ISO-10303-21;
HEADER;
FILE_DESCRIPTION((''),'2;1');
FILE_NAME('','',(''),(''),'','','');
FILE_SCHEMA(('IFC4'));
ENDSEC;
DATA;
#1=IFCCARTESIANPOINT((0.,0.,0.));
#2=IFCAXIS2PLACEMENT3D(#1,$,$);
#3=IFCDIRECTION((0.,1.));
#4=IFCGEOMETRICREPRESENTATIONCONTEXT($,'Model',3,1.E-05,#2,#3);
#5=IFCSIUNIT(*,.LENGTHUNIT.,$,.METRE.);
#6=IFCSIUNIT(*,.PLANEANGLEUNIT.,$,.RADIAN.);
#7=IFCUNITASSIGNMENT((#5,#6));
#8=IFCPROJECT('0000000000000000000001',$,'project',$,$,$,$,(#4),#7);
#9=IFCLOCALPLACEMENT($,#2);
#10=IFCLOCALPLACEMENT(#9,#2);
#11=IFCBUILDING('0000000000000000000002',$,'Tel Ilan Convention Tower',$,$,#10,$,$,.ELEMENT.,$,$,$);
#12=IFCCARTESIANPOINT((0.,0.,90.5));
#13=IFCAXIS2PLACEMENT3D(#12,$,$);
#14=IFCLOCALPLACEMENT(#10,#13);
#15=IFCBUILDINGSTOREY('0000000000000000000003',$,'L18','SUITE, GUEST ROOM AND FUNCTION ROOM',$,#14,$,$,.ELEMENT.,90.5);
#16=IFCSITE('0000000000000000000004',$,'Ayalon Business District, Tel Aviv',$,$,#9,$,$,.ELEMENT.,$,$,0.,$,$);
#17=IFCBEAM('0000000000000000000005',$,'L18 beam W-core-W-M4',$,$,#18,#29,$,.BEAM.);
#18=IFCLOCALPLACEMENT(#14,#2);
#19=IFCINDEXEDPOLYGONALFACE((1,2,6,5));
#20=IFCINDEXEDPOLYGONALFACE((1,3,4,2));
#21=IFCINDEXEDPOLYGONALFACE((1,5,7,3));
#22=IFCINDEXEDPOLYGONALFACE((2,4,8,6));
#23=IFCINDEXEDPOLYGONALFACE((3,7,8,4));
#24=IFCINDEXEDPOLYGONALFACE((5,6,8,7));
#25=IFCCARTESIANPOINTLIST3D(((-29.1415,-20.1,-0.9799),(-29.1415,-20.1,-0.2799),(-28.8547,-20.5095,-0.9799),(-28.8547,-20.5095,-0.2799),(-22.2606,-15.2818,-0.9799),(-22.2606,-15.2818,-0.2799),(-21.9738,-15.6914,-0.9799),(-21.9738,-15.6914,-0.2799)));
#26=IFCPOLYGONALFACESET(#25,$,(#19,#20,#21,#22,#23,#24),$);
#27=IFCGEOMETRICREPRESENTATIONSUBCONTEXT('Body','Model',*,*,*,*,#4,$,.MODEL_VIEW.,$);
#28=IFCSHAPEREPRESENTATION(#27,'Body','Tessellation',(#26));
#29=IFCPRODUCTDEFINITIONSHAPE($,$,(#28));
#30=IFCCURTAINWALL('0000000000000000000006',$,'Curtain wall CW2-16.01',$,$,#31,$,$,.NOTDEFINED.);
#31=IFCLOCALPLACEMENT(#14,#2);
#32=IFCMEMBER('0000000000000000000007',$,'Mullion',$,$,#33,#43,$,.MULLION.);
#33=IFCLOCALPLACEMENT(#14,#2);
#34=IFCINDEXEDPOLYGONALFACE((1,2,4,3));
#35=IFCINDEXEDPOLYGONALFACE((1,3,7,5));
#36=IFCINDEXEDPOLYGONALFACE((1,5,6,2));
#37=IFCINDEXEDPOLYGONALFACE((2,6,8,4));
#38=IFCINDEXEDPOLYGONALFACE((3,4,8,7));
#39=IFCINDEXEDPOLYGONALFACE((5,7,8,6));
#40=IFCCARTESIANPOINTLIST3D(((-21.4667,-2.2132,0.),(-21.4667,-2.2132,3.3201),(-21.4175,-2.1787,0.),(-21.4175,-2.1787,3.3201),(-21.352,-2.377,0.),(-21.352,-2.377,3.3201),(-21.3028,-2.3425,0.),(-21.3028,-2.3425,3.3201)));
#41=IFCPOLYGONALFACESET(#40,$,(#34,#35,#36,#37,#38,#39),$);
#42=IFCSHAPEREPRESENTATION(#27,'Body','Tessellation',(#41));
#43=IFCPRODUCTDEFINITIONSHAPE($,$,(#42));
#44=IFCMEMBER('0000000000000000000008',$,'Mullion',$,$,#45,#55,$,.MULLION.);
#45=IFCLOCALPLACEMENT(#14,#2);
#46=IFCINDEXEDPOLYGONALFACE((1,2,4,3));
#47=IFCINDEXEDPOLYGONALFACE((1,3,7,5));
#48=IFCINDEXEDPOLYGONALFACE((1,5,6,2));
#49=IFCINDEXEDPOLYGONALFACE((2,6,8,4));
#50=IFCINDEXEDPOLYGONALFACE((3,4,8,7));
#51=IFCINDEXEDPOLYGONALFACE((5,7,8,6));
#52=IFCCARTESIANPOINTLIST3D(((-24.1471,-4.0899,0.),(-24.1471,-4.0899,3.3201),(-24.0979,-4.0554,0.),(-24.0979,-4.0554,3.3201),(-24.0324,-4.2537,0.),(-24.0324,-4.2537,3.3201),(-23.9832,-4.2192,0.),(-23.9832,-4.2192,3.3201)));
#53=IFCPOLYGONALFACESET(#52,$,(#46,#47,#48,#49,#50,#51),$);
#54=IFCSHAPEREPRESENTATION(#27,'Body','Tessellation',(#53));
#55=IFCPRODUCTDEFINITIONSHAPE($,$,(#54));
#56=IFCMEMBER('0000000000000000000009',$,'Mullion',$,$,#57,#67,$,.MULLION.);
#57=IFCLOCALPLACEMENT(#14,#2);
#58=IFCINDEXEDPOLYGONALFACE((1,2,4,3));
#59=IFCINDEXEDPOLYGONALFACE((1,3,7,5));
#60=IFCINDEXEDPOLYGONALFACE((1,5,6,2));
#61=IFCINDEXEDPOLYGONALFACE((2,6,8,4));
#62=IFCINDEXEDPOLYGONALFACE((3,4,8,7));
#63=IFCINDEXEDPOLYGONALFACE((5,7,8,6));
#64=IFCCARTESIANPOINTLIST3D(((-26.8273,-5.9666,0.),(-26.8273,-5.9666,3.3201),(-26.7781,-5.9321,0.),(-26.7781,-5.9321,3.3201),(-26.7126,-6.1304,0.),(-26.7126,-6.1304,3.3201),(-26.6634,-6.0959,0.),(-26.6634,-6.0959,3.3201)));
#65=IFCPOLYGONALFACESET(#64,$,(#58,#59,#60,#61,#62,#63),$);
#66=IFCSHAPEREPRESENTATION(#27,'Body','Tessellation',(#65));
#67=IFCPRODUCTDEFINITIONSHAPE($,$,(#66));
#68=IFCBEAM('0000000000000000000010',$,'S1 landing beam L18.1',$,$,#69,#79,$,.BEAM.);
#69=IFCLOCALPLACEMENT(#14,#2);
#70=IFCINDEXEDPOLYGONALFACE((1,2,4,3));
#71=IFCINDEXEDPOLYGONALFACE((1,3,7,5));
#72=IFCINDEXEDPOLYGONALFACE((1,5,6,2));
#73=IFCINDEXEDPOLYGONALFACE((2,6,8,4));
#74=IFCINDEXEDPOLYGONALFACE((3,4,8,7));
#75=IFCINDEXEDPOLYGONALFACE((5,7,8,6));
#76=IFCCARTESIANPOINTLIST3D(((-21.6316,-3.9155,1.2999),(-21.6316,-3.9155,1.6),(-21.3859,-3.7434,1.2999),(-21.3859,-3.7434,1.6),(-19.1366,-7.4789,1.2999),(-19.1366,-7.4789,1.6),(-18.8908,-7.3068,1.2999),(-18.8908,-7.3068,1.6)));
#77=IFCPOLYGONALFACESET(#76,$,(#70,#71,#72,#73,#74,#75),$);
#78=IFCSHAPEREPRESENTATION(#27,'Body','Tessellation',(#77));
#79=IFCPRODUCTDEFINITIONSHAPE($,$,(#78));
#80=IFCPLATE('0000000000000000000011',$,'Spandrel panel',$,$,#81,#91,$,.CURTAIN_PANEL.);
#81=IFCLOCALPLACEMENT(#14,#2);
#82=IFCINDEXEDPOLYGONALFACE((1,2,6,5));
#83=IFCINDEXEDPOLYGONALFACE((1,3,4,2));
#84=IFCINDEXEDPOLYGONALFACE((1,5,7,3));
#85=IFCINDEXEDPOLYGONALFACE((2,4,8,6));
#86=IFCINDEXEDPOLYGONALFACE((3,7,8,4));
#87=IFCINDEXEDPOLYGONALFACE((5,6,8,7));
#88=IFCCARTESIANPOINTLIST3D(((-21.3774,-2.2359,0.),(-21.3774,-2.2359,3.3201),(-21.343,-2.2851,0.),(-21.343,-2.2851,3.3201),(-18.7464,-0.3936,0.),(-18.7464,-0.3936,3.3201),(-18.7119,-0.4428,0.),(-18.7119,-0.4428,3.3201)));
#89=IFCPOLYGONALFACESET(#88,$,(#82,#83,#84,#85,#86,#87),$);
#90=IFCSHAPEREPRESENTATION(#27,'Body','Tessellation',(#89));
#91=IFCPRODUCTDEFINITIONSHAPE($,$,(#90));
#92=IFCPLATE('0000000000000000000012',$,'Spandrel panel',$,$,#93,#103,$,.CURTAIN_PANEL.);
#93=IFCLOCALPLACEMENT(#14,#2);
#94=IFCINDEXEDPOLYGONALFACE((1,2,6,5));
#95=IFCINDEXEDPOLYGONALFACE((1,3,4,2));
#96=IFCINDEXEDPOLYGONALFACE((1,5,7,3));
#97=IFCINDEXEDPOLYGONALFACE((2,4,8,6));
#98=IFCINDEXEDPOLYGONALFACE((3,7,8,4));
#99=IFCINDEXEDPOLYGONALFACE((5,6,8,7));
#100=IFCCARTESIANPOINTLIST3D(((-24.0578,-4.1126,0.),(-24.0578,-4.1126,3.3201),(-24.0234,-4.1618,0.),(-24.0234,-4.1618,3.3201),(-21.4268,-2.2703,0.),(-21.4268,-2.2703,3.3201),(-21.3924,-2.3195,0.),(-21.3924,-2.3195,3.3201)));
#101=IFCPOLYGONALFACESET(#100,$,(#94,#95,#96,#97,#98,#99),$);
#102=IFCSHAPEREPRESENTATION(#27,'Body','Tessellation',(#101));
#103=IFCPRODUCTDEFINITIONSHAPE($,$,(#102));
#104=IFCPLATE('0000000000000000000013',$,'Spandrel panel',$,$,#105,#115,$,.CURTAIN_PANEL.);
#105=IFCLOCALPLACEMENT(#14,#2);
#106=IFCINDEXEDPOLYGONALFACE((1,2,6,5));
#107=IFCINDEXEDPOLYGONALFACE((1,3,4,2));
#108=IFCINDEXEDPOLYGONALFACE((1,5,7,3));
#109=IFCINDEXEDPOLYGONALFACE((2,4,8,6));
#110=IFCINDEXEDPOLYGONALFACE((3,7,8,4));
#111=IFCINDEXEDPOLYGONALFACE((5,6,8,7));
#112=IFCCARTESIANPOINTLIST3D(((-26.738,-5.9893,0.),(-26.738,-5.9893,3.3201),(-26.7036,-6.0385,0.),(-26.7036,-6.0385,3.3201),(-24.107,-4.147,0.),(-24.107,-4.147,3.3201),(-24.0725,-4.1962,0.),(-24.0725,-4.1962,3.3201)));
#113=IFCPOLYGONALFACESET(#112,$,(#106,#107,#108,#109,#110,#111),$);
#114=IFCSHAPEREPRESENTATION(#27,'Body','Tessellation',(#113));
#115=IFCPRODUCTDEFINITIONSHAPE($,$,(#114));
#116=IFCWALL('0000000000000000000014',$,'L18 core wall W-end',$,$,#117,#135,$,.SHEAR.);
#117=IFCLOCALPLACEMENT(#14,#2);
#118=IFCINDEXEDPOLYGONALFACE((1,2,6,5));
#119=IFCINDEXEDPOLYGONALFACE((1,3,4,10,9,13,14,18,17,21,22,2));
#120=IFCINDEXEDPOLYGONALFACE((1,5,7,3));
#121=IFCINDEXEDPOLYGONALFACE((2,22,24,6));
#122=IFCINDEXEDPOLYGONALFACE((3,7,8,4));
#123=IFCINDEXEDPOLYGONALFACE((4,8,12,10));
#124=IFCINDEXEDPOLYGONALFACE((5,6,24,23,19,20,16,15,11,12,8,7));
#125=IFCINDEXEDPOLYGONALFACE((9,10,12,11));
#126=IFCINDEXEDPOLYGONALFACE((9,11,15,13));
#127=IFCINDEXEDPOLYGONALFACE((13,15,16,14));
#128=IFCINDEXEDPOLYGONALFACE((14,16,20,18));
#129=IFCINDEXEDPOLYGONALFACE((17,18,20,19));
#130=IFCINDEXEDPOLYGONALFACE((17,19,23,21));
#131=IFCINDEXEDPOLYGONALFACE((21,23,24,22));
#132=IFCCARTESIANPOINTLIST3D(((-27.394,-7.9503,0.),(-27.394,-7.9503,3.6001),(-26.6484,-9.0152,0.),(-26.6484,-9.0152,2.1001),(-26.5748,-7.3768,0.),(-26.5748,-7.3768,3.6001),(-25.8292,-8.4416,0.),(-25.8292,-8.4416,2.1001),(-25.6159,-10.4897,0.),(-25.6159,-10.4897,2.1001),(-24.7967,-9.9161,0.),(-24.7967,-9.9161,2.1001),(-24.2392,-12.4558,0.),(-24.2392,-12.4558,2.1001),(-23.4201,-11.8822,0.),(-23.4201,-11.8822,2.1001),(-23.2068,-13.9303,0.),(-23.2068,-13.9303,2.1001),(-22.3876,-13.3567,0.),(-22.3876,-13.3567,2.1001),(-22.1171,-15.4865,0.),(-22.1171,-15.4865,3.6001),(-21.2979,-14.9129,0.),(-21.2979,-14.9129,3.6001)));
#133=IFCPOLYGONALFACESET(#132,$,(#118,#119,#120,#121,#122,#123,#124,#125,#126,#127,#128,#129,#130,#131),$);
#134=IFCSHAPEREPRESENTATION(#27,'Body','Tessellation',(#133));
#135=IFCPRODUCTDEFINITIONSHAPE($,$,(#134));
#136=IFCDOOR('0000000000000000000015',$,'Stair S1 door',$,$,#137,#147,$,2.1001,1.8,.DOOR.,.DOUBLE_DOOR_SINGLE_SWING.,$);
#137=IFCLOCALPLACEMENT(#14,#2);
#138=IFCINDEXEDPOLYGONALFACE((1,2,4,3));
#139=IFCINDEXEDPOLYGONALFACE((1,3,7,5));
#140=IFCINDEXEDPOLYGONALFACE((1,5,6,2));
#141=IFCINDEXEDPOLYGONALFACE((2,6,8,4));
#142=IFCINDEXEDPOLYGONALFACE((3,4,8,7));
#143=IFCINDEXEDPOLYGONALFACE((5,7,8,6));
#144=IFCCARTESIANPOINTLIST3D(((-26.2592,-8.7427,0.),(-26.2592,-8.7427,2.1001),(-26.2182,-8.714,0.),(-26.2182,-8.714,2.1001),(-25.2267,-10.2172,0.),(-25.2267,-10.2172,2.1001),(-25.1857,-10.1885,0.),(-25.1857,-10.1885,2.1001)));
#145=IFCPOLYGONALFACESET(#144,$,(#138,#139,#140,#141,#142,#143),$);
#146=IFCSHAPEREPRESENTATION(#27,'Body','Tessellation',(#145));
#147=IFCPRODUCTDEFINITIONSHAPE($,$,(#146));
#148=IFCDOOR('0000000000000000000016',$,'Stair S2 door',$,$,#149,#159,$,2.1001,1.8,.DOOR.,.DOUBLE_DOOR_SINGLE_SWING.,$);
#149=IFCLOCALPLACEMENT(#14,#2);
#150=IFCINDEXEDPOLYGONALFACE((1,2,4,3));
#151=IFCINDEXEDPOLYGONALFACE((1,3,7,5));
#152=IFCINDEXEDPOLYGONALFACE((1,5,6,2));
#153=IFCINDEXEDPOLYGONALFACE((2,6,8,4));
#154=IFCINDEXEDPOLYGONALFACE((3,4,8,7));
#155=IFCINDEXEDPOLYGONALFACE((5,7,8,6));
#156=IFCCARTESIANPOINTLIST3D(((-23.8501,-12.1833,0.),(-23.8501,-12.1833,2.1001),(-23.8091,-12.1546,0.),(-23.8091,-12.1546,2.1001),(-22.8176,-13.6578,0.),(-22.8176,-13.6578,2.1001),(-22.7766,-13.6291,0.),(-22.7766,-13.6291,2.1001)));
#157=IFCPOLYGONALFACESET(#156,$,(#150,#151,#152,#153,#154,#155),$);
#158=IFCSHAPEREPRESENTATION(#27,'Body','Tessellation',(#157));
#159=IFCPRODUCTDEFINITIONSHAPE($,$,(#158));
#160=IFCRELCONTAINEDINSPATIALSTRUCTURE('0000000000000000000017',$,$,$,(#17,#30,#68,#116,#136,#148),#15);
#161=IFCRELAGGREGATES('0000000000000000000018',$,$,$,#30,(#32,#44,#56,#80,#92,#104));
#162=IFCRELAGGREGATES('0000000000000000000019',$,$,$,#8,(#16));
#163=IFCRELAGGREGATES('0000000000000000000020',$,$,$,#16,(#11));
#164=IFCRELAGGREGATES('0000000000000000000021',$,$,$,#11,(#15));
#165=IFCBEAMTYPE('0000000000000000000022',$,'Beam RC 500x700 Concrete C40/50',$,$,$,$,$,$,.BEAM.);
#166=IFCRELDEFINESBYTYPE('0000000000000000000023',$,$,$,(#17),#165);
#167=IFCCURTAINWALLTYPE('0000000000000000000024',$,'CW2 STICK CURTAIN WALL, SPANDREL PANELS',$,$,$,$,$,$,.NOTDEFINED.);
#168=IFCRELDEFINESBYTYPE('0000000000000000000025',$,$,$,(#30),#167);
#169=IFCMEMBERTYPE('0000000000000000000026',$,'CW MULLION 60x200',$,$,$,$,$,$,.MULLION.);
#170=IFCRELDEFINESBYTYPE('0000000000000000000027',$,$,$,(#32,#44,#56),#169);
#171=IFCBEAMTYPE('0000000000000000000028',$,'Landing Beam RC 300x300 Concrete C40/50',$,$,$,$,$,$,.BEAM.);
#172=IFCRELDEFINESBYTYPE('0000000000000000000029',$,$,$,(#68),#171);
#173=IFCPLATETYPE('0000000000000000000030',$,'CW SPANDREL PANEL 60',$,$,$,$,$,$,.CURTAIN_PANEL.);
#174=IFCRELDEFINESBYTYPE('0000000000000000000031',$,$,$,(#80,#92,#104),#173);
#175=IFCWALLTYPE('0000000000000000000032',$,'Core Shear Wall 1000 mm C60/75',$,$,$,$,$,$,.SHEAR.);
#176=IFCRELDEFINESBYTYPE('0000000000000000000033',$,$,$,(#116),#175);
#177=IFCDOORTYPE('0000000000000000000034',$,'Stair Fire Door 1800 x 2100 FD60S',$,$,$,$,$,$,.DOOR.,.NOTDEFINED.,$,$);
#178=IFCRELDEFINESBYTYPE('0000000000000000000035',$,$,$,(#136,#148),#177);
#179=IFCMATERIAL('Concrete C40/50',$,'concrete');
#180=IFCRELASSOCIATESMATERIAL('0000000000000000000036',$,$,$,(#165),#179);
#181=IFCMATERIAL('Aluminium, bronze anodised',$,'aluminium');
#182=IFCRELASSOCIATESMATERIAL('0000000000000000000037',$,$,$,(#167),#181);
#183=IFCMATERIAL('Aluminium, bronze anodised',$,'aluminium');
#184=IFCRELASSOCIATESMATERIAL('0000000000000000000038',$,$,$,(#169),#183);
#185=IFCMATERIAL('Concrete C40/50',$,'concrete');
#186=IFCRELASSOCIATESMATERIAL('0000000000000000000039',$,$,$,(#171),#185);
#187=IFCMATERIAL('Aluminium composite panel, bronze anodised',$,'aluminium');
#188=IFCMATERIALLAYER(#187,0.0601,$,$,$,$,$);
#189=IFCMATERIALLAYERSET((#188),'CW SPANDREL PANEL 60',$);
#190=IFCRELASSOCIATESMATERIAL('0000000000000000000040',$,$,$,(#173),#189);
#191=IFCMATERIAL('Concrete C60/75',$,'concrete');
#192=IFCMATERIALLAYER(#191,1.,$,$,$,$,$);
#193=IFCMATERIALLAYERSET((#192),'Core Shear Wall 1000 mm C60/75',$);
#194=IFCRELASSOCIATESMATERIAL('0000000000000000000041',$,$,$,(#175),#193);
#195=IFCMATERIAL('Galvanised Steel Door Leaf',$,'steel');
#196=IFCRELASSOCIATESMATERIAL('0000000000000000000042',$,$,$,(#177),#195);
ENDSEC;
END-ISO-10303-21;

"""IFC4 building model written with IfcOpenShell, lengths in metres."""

from ifc_helpers import new_model, si_unit, direction, frame, frame_2d, origin, origin_2d, place, context, subcontext, project, spatial, polyline, rectangle, outline, extrude, material, layer, layer_set, material_profile, profile_set, type_object, element, fill, aggregate, save


model = new_model("IFC4")

# Units and contexts
model_context = context("Model", 3, precision=1e-05, world=origin(), true_north=direction((0.0, 1.0)))
body_context = subcontext(model_context, "Body", "Model", "MODEL_VIEW")
ifc_project = project(units=[si_unit("LENGTHUNIT", "METRE"), si_unit("PLANEANGLEUNIT", "RADIAN")], contexts=[model_context])

# Site, building, storey
site_placement = place(None, origin())
site = spatial("IfcSite", under=ifc_project, at=site_placement, Name="Ayalon Business District, Tel Aviv", CompositionType="ELEMENT", RefElevation=0.0)
building_placement = place(site_placement, origin())
building = spatial("IfcBuilding", under=site, at=building_placement, Name="Tel Ilan Convention Tower", CompositionType="ELEMENT")
storey_placement = place(building_placement, frame((0.0, 0.0, 90.5)))
storey = spatial("IfcBuildingStorey", under=building, at=storey_placement, Name="L18", Description="SUITE, GUEST ROOM AND FUNCTION ROOM", CompositionType="ELEMENT", Elevation=90.5)

# Beam
ifc_material_1 = material(Name="Concrete C40/50", Category="concrete")
ifc_material_profile_1 = material_profile(ifc_material_1, rectangle(XDim=0.5, YDim=0.7, at=origin_2d()), Name="RC 500x700")
ifc_profile_set_1 = profile_set([ifc_material_profile_1], Name="Concrete C40/50")
beam_type_1 = type_object("IfcBeamType", Name="Beam RC 500x700 Concrete C40/50", PredefinedType="BEAM", material=ifc_profile_set_1)
beam_1_placement = place(storey_placement, frame((-22.1172, -15.4866, -0.6299), z_axis=(-0.819147, -0.573583, 0.0), x_axis=(0.573583, -0.819147, 0.0)))
element("IfcBeam", 1, at=beam_1_placement, inside=storey, type_object=beam_type_1, Name="L18 beam W-core-W-M4", PredefinedType="BEAM", context=body_context, shape_type="SweptSolid", body=[
    extrude(rectangle(XDim=0.5, YDim=0.7, at=origin_2d()), origin(), (0.0, 0.0, 1.0), 8.4001),
])

# Curtain wall, members
ifc_material_2 = material(Name="Aluminium, bronze anodised", Category="aluminium")
curtain_wall_type = type_object("IfcCurtainWallType", Name="CW2 STICK CURTAIN WALL, SPANDREL PANELS", PredefinedType="NOTDEFINED", material=ifc_material_2)
curtain_wall_placement = place(storey_placement, origin())
curtain_wall = element("IfcCurtainWall", 2, at=curtain_wall_placement, inside=storey, type_object=curtain_wall_type, Name="Curtain wall CW2-16.01", PredefinedType="NOTDEFINED")
ifc_material_3 = material(Name="Aluminium, bronze anodised", Category="aluminium")
ifc_material_profile_2 = material_profile(ifc_material_3, rectangle(XDim=0.0601, YDim=0.2, at=origin_2d()), Name="CW MULLION 60x200")
ifc_profile_set_2 = profile_set([ifc_material_profile_2], Name="Aluminium, bronze anodised")
member_type = type_object("IfcMemberType", Name="CW MULLION 60x200", PredefinedType="MULLION", material=ifc_profile_set_2)
member_1_placement = place(storey_placement, frame((-21.3848, -2.2778, 0.0), z_axis=(0.0, 0.0, 1.0), x_axis=(-0.819152, -0.573576, 0.0)))
member_1 = element("IfcMember", 3, at=member_1_placement, type_object=member_type, Name="Mullion", PredefinedType="MULLION", context=body_context, shape_type="SweptSolid", body=[
    extrude(rectangle(XDim=0.0601, YDim=0.2, at=origin_2d()), origin(), (0.0, 0.0, 1.0), 3.3201),
])
member_2_placement = place(storey_placement, frame((-24.0652, -4.1545, 0.0), z_axis=(0.0, 0.0, 1.0), x_axis=(-0.819152, -0.573576, 0.0)))
member_2 = element("IfcMember", 4, at=member_2_placement, type_object=member_type, Name="Mullion", PredefinedType="MULLION", context=body_context, shape_type="SweptSolid", body=[
    extrude(rectangle(XDim=0.0601, YDim=0.2, at=origin_2d()), origin(), (0.0, 0.0, 1.0), 3.3201),
])
member_3_placement = place(storey_placement, frame((-26.7454, -6.0312, 0.0), z_axis=(0.0, 0.0, 1.0), x_axis=(-0.819152, -0.573576, 0.0)))
member_3 = element("IfcMember", 5, at=member_3_placement, type_object=member_type, Name="Mullion", PredefinedType="MULLION", context=body_context, shape_type="SweptSolid", body=[
    extrude(rectangle(XDim=0.0601, YDim=0.2, at=origin_2d()), origin(), (0.0, 0.0, 1.0), 3.3201),
])

# Beam
ifc_material_4 = material(Name="Concrete C40/50", Category="concrete")
ifc_material_profile_3 = material_profile(ifc_material_4, rectangle(XDim=0.3, YDim=0.3, at=origin_2d()), Name="RC 300x300")
ifc_profile_set_3 = profile_set([ifc_material_profile_3], Name="Concrete C40/50")
beam_type_2 = type_object("IfcBeamType", Name="Landing Beam RC 300x300 Concrete C40/50", PredefinedType="BEAM", material=ifc_profile_set_3)
beam_2_placement = place(storey_placement, frame((-19.0137, -7.3928, 1.45), z_axis=(-0.573568, 0.819158, 0.0), x_axis=(-0.819158, -0.573568, 0.0)))
element("IfcBeam", 6, at=beam_2_placement, inside=storey, type_object=beam_type_2, Name="S1 landing beam L18.1", PredefinedType="BEAM", context=body_context, shape_type="SweptSolid", body=[
    extrude(rectangle(XDim=0.3, YDim=0.3, at=origin_2d()), origin(), (0.0, 0.0, 1.0), 4.3501),
])

# Plates
ifc_material_5 = material(Name="Aluminium composite panel, bronze anodised", Category="aluminium")
ifc_layer_1 = layer(ifc_material_5, 0.0601)
ifc_layer_set_1 = layer_set([ifc_layer_1], Name="CW SPANDREL PANEL 60")
plate_type = type_object("IfcPlateType", Name="CW SPANDREL PANEL 60", PredefinedType="CURTAIN_PANEL", material=ifc_layer_set_1)
plate_1_placement = place(storey_placement, frame((-20.0447, -1.3394, 0.0), z_axis=(0.0, 0.0, 1.0), x_axis=(-0.819152, -0.573576, 0.0)))
plate_1 = element("IfcPlate", 7, at=plate_1_placement, type_object=plate_type, Name="Spandrel panel", PredefinedType="CURTAIN_PANEL", context=body_context, shape_type="SweptSolid", body=[
    extrude(rectangle(XDim=3.2119, YDim=0.0601, at=origin_2d()), origin(), (0.0, 0.0, 1.0), 3.3201),
])
plate_2_placement = place(storey_placement, frame((-22.7251, -3.2161, 0.0), z_axis=(0.0, 0.0, 1.0), x_axis=(-0.819152, -0.573576, 0.0)))
plate_2 = element("IfcPlate", 8, at=plate_2_placement, type_object=plate_type, Name="Spandrel panel", PredefinedType="CURTAIN_PANEL", context=body_context, shape_type="SweptSolid", body=[
    extrude(rectangle(XDim=3.2119, YDim=0.0601, at=origin_2d()), origin(), (0.0, 0.0, 1.0), 3.3201),
])
plate_3_placement = place(storey_placement, frame((-25.4053, -5.0928, 0.0), z_axis=(0.0, 0.0, 1.0), x_axis=(-0.819152, -0.573576, 0.0)))
plate_3 = element("IfcPlate", 9, at=plate_3_placement, type_object=plate_type, Name="Spandrel panel", PredefinedType="CURTAIN_PANEL", context=body_context, shape_type="SweptSolid", body=[
    extrude(rectangle(XDim=3.2119, YDim=0.0601, at=origin_2d()), origin(), (0.0, 0.0, 1.0), 3.3201),
])
aggregate(curtain_wall, [member_1, member_2, member_3, plate_1, plate_2, plate_3])

# Wall, openings, doors
ifc_material_6 = material(Name="Concrete C60/75", Category="concrete")
ifc_layer_2 = layer(ifc_material_6, 1.0)
ifc_layer_set_2 = layer_set([ifc_layer_2], Name="Core Shear Wall 1000 mm C60/75")
wall_type_1 = type_object("IfcWallType", Name="Core Shear Wall 1000 mm C60/75", PredefinedType="SHEAR", material=ifc_layer_set_2)
wall_1_placement = place(storey_placement, frame((-21.7075, -15.1997, 0.0), z_axis=(0.0, 0.0, 1.0), x_axis=(-0.573576, 0.819152, 0.0)))
wall_1 = element("IfcWall", 10, at=wall_1_placement, inside=storey, type_object=wall_type_1, Name="L18 core wall W-end", PredefinedType="SHEAR", context=body_context, shape_type="SweptSolid", body=[
    extrude(outline(polyline([(0.0, 0.5), (0.0, -0.5), (9.2, -0.5), (9.2, 0.5), (0.0, 0.5)])), origin(), (0.0, 0.0, 1.0), 3.6001),
])
opening_1_placement = place(wall_1_placement, frame((6.1001, 0.0, 0.0)))
opening_1 = element("IfcOpeningElement", 11, at=opening_1_placement, cuts=wall_1, PredefinedType="OPENING", context=body_context, shape_type="SweptSolid", body=[
    extrude(rectangle(XDim=1.8, YDim=2.1001, at=frame_2d((0.8999, 1.05))), frame((0.0, 0.51, 0.0), z_axis=(0.0, -1.0, 0.0), x_axis=(1.0, 0.0, 0.0)), (0.0, 0.0, 1.0), 1.02),
])
opening_2_placement = place(wall_1_placement, frame((1.8999, 0.0, 0.0)))
opening_2 = element("IfcOpeningElement", 12, at=opening_2_placement, cuts=wall_1, PredefinedType="OPENING", context=body_context, shape_type="SweptSolid", body=[
    extrude(rectangle(XDim=1.8, YDim=2.1001, at=frame_2d((0.8999, 1.05))), frame((0.0, 0.51, 0.0), z_axis=(0.0, -1.0, 0.0), x_axis=(1.0, 0.0, 0.0)), (0.0, 0.0, 1.0), 1.02),
])
ifc_material_7 = material(Name="Galvanised Steel Door Leaf", Category="steel")
door_type_1 = type_object("IfcDoorType", Name="Stair Fire Door 1800 x 2100 FD60S", OperationType="NOTDEFINED", PredefinedType="DOOR", material=ifc_material_7)
door_1_placement = place(opening_1_placement, origin())
door_1 = element("IfcDoor", 13, at=door_1_placement, inside=storey, type_object=door_type_1, Name="Stair S1 door", OperationType="DOUBLE_DOOR_SINGLE_SWING", OverallHeight=2.1001, OverallWidth=1.8, PredefinedType="DOOR", context=body_context, shape_type="SweptSolid", body=[
    extrude(rectangle(XDim=1.8, YDim=2.1001, at=frame_2d((0.8999, 1.05))), frame((0.0, 0.0249, 0.0), z_axis=(0.0, -1.0, 0.0), x_axis=(1.0, 0.0, 0.0)), (0.0, 0.0, 1.0), 0.05),
])
fill(opening_1, door_1)
door_2_placement = place(opening_2_placement, origin())
door_2 = element("IfcDoor", 14, at=door_2_placement, inside=storey, type_object=door_type_1, Name="Stair S2 door", OperationType="DOUBLE_DOOR_SINGLE_SWING", OverallHeight=2.1001, OverallWidth=1.8, PredefinedType="DOOR", context=body_context, shape_type="SweptSolid", body=[
    extrude(rectangle(XDim=1.8, YDim=2.1001, at=frame_2d((0.8999, 1.05))), frame((0.0, 0.0249, 0.0), z_axis=(0.0, -1.0, 0.0), x_axis=(1.0, 0.0, 0.0)), (0.0, 0.0, 1.0), 0.05),
])
fill(opening_2, door_2)

save(model, "model.ifc")
